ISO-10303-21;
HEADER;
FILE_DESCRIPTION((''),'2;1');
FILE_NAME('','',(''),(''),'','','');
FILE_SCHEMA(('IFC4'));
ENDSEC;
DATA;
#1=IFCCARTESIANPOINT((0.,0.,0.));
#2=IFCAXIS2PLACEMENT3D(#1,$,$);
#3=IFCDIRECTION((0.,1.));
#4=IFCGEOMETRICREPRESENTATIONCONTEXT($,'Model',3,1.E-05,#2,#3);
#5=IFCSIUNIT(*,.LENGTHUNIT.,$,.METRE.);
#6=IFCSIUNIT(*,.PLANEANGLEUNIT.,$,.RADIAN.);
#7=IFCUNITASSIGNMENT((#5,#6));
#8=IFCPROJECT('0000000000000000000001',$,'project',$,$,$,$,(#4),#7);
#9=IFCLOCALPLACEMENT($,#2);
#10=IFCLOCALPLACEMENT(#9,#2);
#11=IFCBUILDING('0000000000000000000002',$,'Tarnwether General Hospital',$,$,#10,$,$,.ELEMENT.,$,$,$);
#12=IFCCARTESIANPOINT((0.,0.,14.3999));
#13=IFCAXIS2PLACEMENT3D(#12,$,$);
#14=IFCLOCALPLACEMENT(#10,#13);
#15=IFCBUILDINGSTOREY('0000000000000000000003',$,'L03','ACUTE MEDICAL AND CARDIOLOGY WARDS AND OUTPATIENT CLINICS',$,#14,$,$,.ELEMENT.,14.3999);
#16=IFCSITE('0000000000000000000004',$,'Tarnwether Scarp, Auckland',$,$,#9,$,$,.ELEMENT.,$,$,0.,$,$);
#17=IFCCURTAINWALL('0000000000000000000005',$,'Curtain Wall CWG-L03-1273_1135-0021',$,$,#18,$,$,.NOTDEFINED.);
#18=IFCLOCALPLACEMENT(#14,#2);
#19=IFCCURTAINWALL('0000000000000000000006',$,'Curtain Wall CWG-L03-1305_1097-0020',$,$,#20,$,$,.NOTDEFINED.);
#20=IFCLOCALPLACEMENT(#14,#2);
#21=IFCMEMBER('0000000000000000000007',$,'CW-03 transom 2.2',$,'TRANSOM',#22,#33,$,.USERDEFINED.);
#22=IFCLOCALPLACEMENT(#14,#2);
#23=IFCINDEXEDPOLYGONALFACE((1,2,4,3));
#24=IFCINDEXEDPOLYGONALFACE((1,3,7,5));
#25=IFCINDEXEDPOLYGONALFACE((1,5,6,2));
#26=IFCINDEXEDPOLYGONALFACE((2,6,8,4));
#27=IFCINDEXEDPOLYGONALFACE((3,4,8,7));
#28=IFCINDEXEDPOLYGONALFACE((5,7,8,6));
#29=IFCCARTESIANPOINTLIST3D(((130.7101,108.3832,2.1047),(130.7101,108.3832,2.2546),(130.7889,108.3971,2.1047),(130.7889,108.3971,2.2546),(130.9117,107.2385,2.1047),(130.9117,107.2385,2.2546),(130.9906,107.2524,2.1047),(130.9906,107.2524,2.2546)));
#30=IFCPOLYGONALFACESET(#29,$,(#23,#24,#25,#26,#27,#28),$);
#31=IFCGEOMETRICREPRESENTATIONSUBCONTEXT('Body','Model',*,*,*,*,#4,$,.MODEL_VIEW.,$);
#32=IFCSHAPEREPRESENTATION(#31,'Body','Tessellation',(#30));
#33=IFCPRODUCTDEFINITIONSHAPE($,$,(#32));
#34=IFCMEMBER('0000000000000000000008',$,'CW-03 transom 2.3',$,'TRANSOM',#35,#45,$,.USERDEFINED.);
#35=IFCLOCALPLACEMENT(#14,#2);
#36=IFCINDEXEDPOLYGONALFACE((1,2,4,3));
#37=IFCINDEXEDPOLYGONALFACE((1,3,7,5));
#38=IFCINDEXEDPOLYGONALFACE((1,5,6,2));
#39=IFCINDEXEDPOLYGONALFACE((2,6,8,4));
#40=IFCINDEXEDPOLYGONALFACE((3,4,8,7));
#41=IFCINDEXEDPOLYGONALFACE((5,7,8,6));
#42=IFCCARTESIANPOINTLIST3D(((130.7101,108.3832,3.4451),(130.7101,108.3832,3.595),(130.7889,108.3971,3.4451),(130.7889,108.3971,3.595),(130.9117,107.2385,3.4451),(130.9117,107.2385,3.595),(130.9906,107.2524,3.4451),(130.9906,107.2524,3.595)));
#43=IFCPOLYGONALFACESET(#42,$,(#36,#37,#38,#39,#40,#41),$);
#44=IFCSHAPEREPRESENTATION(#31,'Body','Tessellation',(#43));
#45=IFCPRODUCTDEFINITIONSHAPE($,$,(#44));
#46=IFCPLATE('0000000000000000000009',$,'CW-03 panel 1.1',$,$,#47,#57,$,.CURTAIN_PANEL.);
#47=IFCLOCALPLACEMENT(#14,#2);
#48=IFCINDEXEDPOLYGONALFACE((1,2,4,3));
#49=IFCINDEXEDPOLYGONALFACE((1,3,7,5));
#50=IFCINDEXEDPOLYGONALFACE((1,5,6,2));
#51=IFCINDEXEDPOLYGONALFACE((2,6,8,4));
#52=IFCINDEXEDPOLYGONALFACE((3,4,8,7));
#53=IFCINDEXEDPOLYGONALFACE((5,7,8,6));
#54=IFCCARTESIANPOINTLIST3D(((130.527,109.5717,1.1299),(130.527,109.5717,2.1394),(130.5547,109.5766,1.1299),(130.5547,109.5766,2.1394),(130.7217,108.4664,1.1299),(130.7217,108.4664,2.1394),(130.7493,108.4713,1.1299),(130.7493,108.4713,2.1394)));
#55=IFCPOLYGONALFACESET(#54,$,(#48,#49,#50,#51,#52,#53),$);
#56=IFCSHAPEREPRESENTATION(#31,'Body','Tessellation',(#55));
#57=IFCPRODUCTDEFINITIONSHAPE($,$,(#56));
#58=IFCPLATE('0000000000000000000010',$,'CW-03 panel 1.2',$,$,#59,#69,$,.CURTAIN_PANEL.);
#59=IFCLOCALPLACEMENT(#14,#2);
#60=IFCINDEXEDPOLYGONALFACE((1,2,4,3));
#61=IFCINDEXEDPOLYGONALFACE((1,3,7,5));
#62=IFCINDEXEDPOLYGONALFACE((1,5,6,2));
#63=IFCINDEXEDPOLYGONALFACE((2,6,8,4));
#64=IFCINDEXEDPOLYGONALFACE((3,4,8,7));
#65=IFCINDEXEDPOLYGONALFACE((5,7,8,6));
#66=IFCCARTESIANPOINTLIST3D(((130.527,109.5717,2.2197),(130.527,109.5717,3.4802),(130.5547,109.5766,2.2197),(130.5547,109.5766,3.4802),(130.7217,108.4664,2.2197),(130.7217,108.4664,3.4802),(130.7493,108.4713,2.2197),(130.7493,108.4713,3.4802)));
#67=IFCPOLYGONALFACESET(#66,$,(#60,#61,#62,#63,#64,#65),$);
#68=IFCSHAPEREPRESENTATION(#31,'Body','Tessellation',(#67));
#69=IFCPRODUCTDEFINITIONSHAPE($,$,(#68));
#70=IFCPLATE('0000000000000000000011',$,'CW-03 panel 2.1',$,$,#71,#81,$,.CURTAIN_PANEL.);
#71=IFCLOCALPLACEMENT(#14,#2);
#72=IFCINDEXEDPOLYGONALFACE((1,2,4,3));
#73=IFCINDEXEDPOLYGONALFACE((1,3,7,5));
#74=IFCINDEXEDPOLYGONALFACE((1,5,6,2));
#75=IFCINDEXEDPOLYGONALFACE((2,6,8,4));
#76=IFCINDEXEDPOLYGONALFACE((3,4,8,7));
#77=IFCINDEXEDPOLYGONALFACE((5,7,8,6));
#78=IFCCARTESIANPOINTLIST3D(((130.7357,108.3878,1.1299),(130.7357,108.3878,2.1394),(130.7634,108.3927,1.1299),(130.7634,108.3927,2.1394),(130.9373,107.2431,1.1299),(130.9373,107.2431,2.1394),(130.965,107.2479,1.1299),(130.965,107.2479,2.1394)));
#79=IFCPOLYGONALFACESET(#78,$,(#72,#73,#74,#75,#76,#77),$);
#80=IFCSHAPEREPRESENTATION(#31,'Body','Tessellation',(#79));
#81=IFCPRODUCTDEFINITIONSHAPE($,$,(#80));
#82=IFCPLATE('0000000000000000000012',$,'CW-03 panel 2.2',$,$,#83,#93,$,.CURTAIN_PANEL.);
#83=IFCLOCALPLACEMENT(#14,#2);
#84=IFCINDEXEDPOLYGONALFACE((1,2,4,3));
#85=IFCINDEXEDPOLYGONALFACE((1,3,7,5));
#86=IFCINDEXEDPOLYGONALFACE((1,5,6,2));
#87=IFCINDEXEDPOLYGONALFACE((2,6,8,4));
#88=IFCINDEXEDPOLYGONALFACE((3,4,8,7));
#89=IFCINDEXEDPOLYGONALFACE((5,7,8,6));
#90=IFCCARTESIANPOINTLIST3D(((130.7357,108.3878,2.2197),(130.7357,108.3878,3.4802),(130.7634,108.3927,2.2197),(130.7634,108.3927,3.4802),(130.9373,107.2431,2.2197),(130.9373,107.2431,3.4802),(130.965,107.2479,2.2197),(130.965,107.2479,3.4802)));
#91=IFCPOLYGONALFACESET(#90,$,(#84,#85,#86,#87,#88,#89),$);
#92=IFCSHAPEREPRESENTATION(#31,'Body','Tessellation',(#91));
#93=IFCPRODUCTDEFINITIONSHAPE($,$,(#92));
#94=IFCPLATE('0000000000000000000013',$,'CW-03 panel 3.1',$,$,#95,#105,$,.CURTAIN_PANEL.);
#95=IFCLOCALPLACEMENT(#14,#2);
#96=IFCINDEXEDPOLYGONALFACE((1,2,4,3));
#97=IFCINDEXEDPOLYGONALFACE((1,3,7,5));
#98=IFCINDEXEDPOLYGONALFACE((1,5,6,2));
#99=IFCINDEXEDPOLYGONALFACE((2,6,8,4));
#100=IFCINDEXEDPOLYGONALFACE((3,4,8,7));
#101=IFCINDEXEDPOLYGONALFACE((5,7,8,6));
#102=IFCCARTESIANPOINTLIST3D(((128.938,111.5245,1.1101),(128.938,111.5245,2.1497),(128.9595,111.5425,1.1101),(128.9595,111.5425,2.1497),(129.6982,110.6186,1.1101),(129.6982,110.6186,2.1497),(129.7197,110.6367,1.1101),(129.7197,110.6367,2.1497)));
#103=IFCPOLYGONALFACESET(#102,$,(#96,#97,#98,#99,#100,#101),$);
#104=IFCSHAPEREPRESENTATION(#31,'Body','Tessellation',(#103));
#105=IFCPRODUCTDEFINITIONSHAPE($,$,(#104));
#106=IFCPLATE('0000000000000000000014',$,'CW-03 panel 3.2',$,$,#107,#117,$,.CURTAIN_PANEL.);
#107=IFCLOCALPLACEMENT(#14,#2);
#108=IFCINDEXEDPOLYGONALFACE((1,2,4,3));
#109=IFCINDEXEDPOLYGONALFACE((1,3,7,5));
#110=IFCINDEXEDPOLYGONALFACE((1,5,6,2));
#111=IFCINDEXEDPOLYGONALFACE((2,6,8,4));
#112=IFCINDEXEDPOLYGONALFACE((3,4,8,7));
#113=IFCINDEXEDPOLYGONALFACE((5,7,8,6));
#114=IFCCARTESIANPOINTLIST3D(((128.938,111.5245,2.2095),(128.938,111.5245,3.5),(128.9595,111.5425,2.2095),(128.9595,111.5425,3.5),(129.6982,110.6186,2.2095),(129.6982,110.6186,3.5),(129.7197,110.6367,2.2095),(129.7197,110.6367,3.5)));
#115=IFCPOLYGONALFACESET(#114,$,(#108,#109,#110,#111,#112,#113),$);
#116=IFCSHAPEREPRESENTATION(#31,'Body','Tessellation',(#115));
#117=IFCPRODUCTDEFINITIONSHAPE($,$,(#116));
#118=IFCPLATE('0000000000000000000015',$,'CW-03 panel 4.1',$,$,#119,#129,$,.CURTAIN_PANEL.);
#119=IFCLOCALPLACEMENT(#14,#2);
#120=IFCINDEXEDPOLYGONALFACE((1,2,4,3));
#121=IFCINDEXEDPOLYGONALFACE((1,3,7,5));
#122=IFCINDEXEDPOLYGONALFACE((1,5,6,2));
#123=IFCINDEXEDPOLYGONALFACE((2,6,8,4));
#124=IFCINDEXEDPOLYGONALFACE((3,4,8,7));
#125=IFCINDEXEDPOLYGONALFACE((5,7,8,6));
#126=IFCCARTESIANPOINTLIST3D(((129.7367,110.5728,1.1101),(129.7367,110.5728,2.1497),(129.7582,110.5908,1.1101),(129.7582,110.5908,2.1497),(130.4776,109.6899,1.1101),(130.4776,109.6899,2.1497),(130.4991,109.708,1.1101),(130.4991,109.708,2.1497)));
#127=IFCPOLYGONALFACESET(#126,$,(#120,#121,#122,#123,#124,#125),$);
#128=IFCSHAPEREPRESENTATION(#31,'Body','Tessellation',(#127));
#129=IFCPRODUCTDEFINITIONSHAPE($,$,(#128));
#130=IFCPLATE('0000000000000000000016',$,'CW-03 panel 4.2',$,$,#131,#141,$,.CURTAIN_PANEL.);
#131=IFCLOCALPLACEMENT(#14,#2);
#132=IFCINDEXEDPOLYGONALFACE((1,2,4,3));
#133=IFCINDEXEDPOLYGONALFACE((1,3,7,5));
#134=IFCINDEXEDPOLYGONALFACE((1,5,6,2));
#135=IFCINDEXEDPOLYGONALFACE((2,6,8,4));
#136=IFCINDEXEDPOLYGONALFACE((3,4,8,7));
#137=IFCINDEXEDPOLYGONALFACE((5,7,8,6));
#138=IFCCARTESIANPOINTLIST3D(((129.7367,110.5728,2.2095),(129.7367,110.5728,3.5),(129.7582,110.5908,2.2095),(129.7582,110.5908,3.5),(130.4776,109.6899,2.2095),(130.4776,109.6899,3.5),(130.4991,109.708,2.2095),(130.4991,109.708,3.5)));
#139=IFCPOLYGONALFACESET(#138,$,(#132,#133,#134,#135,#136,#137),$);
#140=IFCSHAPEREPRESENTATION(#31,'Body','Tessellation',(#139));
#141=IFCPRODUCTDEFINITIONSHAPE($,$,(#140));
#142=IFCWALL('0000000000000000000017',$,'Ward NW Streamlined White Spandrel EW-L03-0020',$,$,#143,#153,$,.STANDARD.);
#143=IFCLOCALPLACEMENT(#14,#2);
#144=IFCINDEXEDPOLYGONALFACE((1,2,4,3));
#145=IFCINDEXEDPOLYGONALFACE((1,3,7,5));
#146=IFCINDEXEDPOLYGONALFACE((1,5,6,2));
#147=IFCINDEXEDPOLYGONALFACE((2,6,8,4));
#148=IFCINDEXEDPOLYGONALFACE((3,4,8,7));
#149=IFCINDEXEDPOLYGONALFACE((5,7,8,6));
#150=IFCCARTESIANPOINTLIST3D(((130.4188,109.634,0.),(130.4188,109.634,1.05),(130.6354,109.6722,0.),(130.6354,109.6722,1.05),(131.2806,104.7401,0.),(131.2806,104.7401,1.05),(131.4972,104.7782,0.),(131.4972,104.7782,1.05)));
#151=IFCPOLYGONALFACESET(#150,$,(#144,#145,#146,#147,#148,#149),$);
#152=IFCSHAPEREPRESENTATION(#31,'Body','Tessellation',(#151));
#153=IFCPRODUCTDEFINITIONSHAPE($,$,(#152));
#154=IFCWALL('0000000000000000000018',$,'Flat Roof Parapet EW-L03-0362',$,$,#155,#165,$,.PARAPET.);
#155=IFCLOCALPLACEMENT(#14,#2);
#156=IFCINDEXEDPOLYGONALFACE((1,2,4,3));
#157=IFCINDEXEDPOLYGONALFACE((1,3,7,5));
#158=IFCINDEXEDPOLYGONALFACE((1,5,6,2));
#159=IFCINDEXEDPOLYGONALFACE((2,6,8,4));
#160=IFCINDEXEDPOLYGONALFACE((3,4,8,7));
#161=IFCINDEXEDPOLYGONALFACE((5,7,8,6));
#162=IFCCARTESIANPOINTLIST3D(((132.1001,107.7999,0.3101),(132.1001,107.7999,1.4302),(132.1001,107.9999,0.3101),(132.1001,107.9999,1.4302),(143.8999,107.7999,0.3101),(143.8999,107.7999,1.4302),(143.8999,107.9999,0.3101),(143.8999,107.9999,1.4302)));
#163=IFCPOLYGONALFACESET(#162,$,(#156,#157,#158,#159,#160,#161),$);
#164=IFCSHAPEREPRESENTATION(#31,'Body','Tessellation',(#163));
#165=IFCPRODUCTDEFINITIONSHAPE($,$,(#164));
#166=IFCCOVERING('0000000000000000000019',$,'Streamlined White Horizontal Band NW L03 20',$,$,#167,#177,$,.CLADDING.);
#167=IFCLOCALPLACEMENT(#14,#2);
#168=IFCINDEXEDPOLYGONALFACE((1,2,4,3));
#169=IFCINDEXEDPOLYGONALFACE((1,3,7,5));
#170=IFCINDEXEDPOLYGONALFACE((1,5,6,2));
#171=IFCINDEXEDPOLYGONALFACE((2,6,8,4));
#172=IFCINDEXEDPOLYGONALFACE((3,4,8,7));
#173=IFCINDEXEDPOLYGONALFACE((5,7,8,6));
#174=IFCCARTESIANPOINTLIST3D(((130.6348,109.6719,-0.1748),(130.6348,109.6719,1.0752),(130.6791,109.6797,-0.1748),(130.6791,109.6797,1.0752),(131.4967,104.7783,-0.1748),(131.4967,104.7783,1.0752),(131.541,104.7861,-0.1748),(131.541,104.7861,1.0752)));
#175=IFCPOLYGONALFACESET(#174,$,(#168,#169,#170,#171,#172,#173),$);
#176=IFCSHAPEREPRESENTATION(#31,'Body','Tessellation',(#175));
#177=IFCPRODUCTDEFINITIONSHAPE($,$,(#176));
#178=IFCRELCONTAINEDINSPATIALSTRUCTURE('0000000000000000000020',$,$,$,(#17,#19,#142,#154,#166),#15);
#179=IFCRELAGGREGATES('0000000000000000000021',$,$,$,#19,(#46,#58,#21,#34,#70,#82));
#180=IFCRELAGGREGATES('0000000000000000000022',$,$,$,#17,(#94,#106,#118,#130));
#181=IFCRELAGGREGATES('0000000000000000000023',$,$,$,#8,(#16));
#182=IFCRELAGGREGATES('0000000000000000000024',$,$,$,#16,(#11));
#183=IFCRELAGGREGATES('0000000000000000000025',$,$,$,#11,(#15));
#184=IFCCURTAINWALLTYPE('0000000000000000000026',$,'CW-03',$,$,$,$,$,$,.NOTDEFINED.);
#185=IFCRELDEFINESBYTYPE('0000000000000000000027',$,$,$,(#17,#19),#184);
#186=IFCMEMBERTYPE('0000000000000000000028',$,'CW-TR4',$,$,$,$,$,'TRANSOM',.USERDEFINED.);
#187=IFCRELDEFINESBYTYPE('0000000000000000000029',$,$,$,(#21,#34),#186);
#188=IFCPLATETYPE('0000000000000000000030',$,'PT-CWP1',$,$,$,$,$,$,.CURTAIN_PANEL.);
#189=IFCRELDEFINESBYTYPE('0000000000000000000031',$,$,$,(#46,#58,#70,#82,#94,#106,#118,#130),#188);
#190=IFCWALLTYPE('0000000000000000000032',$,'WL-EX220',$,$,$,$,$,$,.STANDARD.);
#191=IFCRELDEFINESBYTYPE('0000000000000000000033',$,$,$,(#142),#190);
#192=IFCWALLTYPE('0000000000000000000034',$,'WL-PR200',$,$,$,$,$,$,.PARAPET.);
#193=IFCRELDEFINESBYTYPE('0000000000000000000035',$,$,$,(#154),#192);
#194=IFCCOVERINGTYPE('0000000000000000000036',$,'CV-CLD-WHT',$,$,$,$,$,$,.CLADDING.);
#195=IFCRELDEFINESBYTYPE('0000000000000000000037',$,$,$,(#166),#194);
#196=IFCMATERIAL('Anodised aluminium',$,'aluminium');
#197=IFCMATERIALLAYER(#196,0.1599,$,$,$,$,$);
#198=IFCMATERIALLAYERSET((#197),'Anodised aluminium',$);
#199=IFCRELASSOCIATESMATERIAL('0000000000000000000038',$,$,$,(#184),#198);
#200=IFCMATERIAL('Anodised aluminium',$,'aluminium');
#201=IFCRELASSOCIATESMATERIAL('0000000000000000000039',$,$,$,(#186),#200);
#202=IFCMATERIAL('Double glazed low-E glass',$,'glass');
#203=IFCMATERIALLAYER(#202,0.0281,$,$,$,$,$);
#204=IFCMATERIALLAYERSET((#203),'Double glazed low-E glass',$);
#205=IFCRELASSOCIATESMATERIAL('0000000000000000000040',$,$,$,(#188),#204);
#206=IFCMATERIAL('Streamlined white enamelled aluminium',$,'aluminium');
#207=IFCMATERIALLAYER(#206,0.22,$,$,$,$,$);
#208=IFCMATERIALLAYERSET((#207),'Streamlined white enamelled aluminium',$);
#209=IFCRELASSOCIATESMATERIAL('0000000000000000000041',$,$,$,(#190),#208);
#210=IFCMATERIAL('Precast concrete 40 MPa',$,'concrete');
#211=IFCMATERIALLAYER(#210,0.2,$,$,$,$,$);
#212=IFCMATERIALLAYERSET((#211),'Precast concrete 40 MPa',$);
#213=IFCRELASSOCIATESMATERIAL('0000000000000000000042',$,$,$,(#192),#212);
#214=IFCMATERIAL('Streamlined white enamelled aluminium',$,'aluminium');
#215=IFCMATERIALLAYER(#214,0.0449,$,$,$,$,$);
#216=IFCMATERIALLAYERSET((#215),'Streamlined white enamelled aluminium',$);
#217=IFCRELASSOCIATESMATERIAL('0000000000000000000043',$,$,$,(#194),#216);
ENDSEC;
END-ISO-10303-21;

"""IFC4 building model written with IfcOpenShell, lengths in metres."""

from ifc_helpers import new_model, si_unit, direction, frame, frame_2d, origin, origin_2d, place, context, subcontext, project, spatial, rectangle, extrude, material, layer, layer_set, material_profile, profile_set, type_object, element, aggregate, save


model = new_model("IFC4")

# Units and contexts
model_context = context("Model", 3, precision=1e-05, world=origin(), true_north=direction((0.0, 1.0)))
body_context = subcontext(model_context, "Body", "Model", "MODEL_VIEW")
ifc_project = project(units=[si_unit("LENGTHUNIT", "METRE"), si_unit("PLANEANGLEUNIT", "RADIAN")], contexts=[model_context])

# Site, building, storey
site_placement = place(None, origin())
site = spatial("IfcSite", under=ifc_project, at=site_placement, Name="Tarnwether Scarp, Auckland", CompositionType="ELEMENT", RefElevation=0.0)
building_placement = place(site_placement, origin())
building = spatial("IfcBuilding", under=site, at=building_placement, Name="Tarnwether General Hospital", CompositionType="ELEMENT")
storey_placement = place(building_placement, frame((0.0, 0.0, 14.3999)))
storey = spatial("IfcBuildingStorey", under=building, at=storey_placement, Name="L03", Description="ACUTE MEDICAL AND CARDIOLOGY WARDS AND OUTPATIENT CLINICS", CompositionType="ELEMENT", Elevation=14.3999)

# Curtain walls
ifc_material_1 = material(Name="Anodised aluminium", Category="aluminium")
ifc_layer_1 = layer(ifc_material_1, 0.1599)
ifc_layer_set_1 = layer_set([ifc_layer_1], Name="Anodised aluminium")
curtain_wall_type = type_object("IfcCurtainWallType", Name="CW-03", PredefinedType="NOTDEFINED", material=ifc_layer_set_1)
curtain_wall_1_placement = place(storey_placement, origin())
curtain_wall_1 = element("IfcCurtainWall", 1, at=curtain_wall_1_placement, inside=storey, type_object=curtain_wall_type, Name="Curtain Wall CWG-L03-1273_1135-0021", PredefinedType="NOTDEFINED")
curtain_wall_2_placement = place(storey_placement, origin())
curtain_wall_2 = element("IfcCurtainWall", 2, at=curtain_wall_2_placement, inside=storey, type_object=curtain_wall_type, Name="Curtain Wall CWG-L03-1305_1097-0020", PredefinedType="NOTDEFINED")

# Members
ifc_material_2 = material(Name="Anodised aluminium", Category="aluminium")
ifc_material_profile_1 = material_profile(ifc_material_2, rectangle(XDim=0.0801, YDim=0.1499, at=origin_2d()), Name="ALU-TRN-80x150")
ifc_profile_set_1 = profile_set([ifc_material_profile_1], Name="Anodised aluminium")
member_type_1 = type_object("IfcMemberType", Name="CW-TR4", ElementType="TRANSOM", PredefinedType="USERDEFINED", material=ifc_profile_set_1)
member_1_placement = place(storey_placement, frame((130.7495, 108.3901, 2.1797), z_axis=(0.173486, -0.984836, 0.0), x_axis=(0.984836, 0.173486, 0.0)))
member_1 = element("IfcMember", 3, at=member_1_placement, type_object=member_type_1, Name="CW-03 transom 2.2", ObjectType="TRANSOM", PredefinedType="USERDEFINED", context=body_context, shape_type="SweptSolid", body=[
    extrude(rectangle(XDim=0.0801, YDim=0.1499, at=origin_2d()), origin(), (0.0, 0.0, 1.0), 1.1624),
])
member_2_placement = place(storey_placement, frame((130.7495, 108.3901, 3.52), z_axis=(0.173486, -0.984836, 0.0), x_axis=(0.984836, 0.173486, 0.0)))
member_2 = element("IfcMember", 4, at=member_2_placement, type_object=member_type_1, Name="CW-03 transom 2.3", ObjectType="TRANSOM", PredefinedType="USERDEFINED", context=body_context, shape_type="SweptSolid", body=[
    extrude(rectangle(XDim=0.0801, YDim=0.1499, at=origin_2d()), origin(), (0.0, 0.0, 1.0), 1.1624),
])

# Plates
ifc_material_3 = material(Name="Double glazed low-E glass", Category="glass")
ifc_layer_2 = layer(ifc_material_3, 0.0281)
ifc_layer_set_2 = layer_set([ifc_layer_2], Name="Double glazed low-E glass")
plate_type = type_object("IfcPlateType", Name="PT-CWP1", PredefinedType="CURTAIN_PANEL", material=ifc_layer_set_2)
plate_1_placement = place(storey_placement, frame((130.6382, 109.0215, 1.1299), z_axis=(0.0, 0.0, 1.0), x_axis=(0.173464, -0.98484, 0.0)))
plate_1 = element("IfcPlate", 5, at=plate_1_placement, type_object=plate_type, Name="CW-03 panel 1.1", PredefinedType="CURTAIN_PANEL", context=body_context, shape_type="SweptSolid", body=[
    extrude(rectangle(XDim=1.1223, YDim=0.0281, at=origin_2d()), origin(), (0.0, 0.0, 1.0), 1.0095),
])
plate_2_placement = place(storey_placement, frame((130.6382, 109.0215, 2.2197), z_axis=(0.0, 0.0, 1.0), x_axis=(0.173464, -0.98484, 0.0)))
plate_2 = element("IfcPlate", 6, at=plate_2_placement, type_object=plate_type, Name="CW-03 panel 1.2", PredefinedType="CURTAIN_PANEL", context=body_context, shape_type="SweptSolid", body=[
    extrude(rectangle(XDim=1.1223, YDim=0.0281, at=origin_2d()), origin(), (0.0, 0.0, 1.0), 1.2605),
])
plate_3_placement = place(storey_placement, frame((130.8503, 107.8179, 1.1299), z_axis=(0.0, 0.0, 1.0), x_axis=(0.173464, -0.98484, 0.0)))
plate_3 = element("IfcPlate", 7, at=plate_3_placement, type_object=plate_type, Name="CW-03 panel 2.1", PredefinedType="CURTAIN_PANEL", context=body_context, shape_type="SweptSolid", body=[
    extrude(rectangle(XDim=1.1624, YDim=0.0281, at=origin_2d()), origin(), (0.0, 0.0, 1.0), 1.0095),
])
plate_4_placement = place(storey_placement, frame((130.8503, 107.8179, 2.2197), z_axis=(0.0, 0.0, 1.0), x_axis=(0.173464, -0.98484, 0.0)))
plate_4 = element("IfcPlate", 8, at=plate_4_placement, type_object=plate_type, Name="CW-03 panel 2.2", PredefinedType="CURTAIN_PANEL", context=body_context, shape_type="SweptSolid", body=[
    extrude(rectangle(XDim=1.1624, YDim=0.0281, at=origin_2d()), origin(), (0.0, 0.0, 1.0), 1.2605),
])
aggregate(curtain_wall_2, [plate_1, plate_2, member_1, member_2, plate_3, plate_4])
plate_5_placement = place(storey_placement, frame((129.3289, 111.0806, 1.1101), z_axis=(0.0, 0.0, 1.0), x_axis=(0.642852, -0.76599, 0.0)))
plate_5 = element("IfcPlate", 9, at=plate_5_placement, type_object=plate_type, Name="CW-03 panel 3.1", PredefinedType="CURTAIN_PANEL", context=body_context, shape_type="SweptSolid", body=[
    extrude(rectangle(XDim=1.1826, YDim=0.0281, at=origin_2d()), origin(), (0.0, 0.0, 1.0), 1.0396),
])
plate_6_placement = place(storey_placement, frame((129.3289, 111.0806, 2.2095), z_axis=(0.0, 0.0, 1.0), x_axis=(0.642852, -0.76599, 0.0)))
plate_6 = element("IfcPlate", 10, at=plate_6_placement, type_object=plate_type, Name="CW-03 panel 3.2", PredefinedType="CURTAIN_PANEL", context=body_context, shape_type="SweptSolid", body=[
    extrude(rectangle(XDim=1.1826, YDim=0.0281, at=origin_2d()), origin(), (0.0, 0.0, 1.0), 1.2905),
])
plate_7_placement = place(storey_placement, frame((130.1179, 110.1404, 1.1101), z_axis=(0.0, 0.0, 1.0), x_axis=(0.642852, -0.76599, 0.0)))
plate_7 = element("IfcPlate", 11, at=plate_7_placement, type_object=plate_type, Name="CW-03 panel 4.1", PredefinedType="CURTAIN_PANEL", context=body_context, shape_type="SweptSolid", body=[
    extrude(rectangle(XDim=1.1526, YDim=0.0281, at=origin_2d()), origin(), (0.0, 0.0, 1.0), 1.0396),
])
plate_8_placement = place(storey_placement, frame((130.1179, 110.1404, 2.2095), z_axis=(0.0, 0.0, 1.0), x_axis=(0.642852, -0.76599, 0.0)))
plate_8 = element("IfcPlate", 12, at=plate_8_placement, type_object=plate_type, Name="CW-03 panel 4.2", PredefinedType="CURTAIN_PANEL", context=body_context, shape_type="SweptSolid", body=[
    extrude(rectangle(XDim=1.1526, YDim=0.0281, at=origin_2d()), origin(), (0.0, 0.0, 1.0), 1.2905),
])
aggregate(curtain_wall_1, [plate_5, plate_6, plate_7, plate_8])

# Walls
ifc_material_4 = material(Name="Streamlined white enamelled aluminium", Category="aluminium")
ifc_layer_3 = layer(ifc_material_4, 0.22)
ifc_layer_set_3 = layer_set([ifc_layer_3], Name="Streamlined white enamelled aluminium")
wall_type_1 = type_object("IfcWallType", Name="WL-EX220", PredefinedType="STANDARD", material=ifc_layer_set_3)
wall_1_placement = place(storey_placement, frame((130.5271, 109.6531, 0.0), z_axis=(0.0, 0.0, 1.0), x_axis=(0.173427, -0.984847, 0.0)))
element("IfcWall", 13, at=wall_1_placement, inside=storey, type_object=wall_type_1, Name="Ward NW Streamlined White Spandrel EW-L03-0020", PredefinedType="STANDARD", context=body_context, shape_type="SweptSolid", body=[
    extrude(rectangle(XDim=4.9692, YDim=0.22, at=frame_2d((2.4846, 0.0))), origin(), (0.0, 0.0, 1.0), 1.05),
])
ifc_material_5 = material(Name="Precast concrete 40 MPa", Category="concrete")
ifc_layer_4 = layer(ifc_material_5, 0.2)
ifc_layer_set_4 = layer_set([ifc_layer_4], Name="Precast concrete 40 MPa")
wall_type_2 = type_object("IfcWallType", Name="WL-PR200", PredefinedType="PARAPET", material=ifc_layer_set_4)
wall_2_placement = place(storey_placement, frame((132.1001, 107.8999, 0.3101), z_axis=(0.0, 0.0, 1.0), x_axis=(1.0, 0.0, 0.0)))
element("IfcWall", 14, at=wall_2_placement, inside=storey, type_object=wall_type_2, Name="Flat Roof Parapet EW-L03-0362", PredefinedType="PARAPET", context=body_context, shape_type="SweptSolid", body=[
    extrude(rectangle(XDim=11.7998, YDim=0.2, at=frame_2d((5.8999, 0.0))), origin(), (0.0, 0.0, 1.0), 1.1201),
])

# Covering
ifc_material_6 = material(Name="Streamlined white enamelled aluminium", Category="aluminium")
ifc_layer_5 = layer(ifc_material_6, 0.0449)
ifc_layer_set_5 = layer_set([ifc_layer_5], Name="Streamlined white enamelled aluminium")
covering_type = type_object("IfcCoveringType", Name="CV-CLD-WHT", PredefinedType="CLADDING", material=ifc_layer_set_5)
covering_placement = place(storey_placement, frame((131.0879, 107.229, -0.1748), z_axis=(0.0, 0.0, 1.0), x_axis=(0.173459, -0.984841, 0.0)))
element("IfcCovering", 15, at=covering_placement, inside=storey, type_object=covering_type, Name="Streamlined White Horizontal Band NW L03 20", PredefinedType="CLADDING", context=body_context, shape_type="SweptSolid", body=[
    extrude(rectangle(XDim=4.969, YDim=0.0449, at=origin_2d()), origin(), (0.0, 0.0, 1.0), 1.25),
])

save(model, "model.ifc")
